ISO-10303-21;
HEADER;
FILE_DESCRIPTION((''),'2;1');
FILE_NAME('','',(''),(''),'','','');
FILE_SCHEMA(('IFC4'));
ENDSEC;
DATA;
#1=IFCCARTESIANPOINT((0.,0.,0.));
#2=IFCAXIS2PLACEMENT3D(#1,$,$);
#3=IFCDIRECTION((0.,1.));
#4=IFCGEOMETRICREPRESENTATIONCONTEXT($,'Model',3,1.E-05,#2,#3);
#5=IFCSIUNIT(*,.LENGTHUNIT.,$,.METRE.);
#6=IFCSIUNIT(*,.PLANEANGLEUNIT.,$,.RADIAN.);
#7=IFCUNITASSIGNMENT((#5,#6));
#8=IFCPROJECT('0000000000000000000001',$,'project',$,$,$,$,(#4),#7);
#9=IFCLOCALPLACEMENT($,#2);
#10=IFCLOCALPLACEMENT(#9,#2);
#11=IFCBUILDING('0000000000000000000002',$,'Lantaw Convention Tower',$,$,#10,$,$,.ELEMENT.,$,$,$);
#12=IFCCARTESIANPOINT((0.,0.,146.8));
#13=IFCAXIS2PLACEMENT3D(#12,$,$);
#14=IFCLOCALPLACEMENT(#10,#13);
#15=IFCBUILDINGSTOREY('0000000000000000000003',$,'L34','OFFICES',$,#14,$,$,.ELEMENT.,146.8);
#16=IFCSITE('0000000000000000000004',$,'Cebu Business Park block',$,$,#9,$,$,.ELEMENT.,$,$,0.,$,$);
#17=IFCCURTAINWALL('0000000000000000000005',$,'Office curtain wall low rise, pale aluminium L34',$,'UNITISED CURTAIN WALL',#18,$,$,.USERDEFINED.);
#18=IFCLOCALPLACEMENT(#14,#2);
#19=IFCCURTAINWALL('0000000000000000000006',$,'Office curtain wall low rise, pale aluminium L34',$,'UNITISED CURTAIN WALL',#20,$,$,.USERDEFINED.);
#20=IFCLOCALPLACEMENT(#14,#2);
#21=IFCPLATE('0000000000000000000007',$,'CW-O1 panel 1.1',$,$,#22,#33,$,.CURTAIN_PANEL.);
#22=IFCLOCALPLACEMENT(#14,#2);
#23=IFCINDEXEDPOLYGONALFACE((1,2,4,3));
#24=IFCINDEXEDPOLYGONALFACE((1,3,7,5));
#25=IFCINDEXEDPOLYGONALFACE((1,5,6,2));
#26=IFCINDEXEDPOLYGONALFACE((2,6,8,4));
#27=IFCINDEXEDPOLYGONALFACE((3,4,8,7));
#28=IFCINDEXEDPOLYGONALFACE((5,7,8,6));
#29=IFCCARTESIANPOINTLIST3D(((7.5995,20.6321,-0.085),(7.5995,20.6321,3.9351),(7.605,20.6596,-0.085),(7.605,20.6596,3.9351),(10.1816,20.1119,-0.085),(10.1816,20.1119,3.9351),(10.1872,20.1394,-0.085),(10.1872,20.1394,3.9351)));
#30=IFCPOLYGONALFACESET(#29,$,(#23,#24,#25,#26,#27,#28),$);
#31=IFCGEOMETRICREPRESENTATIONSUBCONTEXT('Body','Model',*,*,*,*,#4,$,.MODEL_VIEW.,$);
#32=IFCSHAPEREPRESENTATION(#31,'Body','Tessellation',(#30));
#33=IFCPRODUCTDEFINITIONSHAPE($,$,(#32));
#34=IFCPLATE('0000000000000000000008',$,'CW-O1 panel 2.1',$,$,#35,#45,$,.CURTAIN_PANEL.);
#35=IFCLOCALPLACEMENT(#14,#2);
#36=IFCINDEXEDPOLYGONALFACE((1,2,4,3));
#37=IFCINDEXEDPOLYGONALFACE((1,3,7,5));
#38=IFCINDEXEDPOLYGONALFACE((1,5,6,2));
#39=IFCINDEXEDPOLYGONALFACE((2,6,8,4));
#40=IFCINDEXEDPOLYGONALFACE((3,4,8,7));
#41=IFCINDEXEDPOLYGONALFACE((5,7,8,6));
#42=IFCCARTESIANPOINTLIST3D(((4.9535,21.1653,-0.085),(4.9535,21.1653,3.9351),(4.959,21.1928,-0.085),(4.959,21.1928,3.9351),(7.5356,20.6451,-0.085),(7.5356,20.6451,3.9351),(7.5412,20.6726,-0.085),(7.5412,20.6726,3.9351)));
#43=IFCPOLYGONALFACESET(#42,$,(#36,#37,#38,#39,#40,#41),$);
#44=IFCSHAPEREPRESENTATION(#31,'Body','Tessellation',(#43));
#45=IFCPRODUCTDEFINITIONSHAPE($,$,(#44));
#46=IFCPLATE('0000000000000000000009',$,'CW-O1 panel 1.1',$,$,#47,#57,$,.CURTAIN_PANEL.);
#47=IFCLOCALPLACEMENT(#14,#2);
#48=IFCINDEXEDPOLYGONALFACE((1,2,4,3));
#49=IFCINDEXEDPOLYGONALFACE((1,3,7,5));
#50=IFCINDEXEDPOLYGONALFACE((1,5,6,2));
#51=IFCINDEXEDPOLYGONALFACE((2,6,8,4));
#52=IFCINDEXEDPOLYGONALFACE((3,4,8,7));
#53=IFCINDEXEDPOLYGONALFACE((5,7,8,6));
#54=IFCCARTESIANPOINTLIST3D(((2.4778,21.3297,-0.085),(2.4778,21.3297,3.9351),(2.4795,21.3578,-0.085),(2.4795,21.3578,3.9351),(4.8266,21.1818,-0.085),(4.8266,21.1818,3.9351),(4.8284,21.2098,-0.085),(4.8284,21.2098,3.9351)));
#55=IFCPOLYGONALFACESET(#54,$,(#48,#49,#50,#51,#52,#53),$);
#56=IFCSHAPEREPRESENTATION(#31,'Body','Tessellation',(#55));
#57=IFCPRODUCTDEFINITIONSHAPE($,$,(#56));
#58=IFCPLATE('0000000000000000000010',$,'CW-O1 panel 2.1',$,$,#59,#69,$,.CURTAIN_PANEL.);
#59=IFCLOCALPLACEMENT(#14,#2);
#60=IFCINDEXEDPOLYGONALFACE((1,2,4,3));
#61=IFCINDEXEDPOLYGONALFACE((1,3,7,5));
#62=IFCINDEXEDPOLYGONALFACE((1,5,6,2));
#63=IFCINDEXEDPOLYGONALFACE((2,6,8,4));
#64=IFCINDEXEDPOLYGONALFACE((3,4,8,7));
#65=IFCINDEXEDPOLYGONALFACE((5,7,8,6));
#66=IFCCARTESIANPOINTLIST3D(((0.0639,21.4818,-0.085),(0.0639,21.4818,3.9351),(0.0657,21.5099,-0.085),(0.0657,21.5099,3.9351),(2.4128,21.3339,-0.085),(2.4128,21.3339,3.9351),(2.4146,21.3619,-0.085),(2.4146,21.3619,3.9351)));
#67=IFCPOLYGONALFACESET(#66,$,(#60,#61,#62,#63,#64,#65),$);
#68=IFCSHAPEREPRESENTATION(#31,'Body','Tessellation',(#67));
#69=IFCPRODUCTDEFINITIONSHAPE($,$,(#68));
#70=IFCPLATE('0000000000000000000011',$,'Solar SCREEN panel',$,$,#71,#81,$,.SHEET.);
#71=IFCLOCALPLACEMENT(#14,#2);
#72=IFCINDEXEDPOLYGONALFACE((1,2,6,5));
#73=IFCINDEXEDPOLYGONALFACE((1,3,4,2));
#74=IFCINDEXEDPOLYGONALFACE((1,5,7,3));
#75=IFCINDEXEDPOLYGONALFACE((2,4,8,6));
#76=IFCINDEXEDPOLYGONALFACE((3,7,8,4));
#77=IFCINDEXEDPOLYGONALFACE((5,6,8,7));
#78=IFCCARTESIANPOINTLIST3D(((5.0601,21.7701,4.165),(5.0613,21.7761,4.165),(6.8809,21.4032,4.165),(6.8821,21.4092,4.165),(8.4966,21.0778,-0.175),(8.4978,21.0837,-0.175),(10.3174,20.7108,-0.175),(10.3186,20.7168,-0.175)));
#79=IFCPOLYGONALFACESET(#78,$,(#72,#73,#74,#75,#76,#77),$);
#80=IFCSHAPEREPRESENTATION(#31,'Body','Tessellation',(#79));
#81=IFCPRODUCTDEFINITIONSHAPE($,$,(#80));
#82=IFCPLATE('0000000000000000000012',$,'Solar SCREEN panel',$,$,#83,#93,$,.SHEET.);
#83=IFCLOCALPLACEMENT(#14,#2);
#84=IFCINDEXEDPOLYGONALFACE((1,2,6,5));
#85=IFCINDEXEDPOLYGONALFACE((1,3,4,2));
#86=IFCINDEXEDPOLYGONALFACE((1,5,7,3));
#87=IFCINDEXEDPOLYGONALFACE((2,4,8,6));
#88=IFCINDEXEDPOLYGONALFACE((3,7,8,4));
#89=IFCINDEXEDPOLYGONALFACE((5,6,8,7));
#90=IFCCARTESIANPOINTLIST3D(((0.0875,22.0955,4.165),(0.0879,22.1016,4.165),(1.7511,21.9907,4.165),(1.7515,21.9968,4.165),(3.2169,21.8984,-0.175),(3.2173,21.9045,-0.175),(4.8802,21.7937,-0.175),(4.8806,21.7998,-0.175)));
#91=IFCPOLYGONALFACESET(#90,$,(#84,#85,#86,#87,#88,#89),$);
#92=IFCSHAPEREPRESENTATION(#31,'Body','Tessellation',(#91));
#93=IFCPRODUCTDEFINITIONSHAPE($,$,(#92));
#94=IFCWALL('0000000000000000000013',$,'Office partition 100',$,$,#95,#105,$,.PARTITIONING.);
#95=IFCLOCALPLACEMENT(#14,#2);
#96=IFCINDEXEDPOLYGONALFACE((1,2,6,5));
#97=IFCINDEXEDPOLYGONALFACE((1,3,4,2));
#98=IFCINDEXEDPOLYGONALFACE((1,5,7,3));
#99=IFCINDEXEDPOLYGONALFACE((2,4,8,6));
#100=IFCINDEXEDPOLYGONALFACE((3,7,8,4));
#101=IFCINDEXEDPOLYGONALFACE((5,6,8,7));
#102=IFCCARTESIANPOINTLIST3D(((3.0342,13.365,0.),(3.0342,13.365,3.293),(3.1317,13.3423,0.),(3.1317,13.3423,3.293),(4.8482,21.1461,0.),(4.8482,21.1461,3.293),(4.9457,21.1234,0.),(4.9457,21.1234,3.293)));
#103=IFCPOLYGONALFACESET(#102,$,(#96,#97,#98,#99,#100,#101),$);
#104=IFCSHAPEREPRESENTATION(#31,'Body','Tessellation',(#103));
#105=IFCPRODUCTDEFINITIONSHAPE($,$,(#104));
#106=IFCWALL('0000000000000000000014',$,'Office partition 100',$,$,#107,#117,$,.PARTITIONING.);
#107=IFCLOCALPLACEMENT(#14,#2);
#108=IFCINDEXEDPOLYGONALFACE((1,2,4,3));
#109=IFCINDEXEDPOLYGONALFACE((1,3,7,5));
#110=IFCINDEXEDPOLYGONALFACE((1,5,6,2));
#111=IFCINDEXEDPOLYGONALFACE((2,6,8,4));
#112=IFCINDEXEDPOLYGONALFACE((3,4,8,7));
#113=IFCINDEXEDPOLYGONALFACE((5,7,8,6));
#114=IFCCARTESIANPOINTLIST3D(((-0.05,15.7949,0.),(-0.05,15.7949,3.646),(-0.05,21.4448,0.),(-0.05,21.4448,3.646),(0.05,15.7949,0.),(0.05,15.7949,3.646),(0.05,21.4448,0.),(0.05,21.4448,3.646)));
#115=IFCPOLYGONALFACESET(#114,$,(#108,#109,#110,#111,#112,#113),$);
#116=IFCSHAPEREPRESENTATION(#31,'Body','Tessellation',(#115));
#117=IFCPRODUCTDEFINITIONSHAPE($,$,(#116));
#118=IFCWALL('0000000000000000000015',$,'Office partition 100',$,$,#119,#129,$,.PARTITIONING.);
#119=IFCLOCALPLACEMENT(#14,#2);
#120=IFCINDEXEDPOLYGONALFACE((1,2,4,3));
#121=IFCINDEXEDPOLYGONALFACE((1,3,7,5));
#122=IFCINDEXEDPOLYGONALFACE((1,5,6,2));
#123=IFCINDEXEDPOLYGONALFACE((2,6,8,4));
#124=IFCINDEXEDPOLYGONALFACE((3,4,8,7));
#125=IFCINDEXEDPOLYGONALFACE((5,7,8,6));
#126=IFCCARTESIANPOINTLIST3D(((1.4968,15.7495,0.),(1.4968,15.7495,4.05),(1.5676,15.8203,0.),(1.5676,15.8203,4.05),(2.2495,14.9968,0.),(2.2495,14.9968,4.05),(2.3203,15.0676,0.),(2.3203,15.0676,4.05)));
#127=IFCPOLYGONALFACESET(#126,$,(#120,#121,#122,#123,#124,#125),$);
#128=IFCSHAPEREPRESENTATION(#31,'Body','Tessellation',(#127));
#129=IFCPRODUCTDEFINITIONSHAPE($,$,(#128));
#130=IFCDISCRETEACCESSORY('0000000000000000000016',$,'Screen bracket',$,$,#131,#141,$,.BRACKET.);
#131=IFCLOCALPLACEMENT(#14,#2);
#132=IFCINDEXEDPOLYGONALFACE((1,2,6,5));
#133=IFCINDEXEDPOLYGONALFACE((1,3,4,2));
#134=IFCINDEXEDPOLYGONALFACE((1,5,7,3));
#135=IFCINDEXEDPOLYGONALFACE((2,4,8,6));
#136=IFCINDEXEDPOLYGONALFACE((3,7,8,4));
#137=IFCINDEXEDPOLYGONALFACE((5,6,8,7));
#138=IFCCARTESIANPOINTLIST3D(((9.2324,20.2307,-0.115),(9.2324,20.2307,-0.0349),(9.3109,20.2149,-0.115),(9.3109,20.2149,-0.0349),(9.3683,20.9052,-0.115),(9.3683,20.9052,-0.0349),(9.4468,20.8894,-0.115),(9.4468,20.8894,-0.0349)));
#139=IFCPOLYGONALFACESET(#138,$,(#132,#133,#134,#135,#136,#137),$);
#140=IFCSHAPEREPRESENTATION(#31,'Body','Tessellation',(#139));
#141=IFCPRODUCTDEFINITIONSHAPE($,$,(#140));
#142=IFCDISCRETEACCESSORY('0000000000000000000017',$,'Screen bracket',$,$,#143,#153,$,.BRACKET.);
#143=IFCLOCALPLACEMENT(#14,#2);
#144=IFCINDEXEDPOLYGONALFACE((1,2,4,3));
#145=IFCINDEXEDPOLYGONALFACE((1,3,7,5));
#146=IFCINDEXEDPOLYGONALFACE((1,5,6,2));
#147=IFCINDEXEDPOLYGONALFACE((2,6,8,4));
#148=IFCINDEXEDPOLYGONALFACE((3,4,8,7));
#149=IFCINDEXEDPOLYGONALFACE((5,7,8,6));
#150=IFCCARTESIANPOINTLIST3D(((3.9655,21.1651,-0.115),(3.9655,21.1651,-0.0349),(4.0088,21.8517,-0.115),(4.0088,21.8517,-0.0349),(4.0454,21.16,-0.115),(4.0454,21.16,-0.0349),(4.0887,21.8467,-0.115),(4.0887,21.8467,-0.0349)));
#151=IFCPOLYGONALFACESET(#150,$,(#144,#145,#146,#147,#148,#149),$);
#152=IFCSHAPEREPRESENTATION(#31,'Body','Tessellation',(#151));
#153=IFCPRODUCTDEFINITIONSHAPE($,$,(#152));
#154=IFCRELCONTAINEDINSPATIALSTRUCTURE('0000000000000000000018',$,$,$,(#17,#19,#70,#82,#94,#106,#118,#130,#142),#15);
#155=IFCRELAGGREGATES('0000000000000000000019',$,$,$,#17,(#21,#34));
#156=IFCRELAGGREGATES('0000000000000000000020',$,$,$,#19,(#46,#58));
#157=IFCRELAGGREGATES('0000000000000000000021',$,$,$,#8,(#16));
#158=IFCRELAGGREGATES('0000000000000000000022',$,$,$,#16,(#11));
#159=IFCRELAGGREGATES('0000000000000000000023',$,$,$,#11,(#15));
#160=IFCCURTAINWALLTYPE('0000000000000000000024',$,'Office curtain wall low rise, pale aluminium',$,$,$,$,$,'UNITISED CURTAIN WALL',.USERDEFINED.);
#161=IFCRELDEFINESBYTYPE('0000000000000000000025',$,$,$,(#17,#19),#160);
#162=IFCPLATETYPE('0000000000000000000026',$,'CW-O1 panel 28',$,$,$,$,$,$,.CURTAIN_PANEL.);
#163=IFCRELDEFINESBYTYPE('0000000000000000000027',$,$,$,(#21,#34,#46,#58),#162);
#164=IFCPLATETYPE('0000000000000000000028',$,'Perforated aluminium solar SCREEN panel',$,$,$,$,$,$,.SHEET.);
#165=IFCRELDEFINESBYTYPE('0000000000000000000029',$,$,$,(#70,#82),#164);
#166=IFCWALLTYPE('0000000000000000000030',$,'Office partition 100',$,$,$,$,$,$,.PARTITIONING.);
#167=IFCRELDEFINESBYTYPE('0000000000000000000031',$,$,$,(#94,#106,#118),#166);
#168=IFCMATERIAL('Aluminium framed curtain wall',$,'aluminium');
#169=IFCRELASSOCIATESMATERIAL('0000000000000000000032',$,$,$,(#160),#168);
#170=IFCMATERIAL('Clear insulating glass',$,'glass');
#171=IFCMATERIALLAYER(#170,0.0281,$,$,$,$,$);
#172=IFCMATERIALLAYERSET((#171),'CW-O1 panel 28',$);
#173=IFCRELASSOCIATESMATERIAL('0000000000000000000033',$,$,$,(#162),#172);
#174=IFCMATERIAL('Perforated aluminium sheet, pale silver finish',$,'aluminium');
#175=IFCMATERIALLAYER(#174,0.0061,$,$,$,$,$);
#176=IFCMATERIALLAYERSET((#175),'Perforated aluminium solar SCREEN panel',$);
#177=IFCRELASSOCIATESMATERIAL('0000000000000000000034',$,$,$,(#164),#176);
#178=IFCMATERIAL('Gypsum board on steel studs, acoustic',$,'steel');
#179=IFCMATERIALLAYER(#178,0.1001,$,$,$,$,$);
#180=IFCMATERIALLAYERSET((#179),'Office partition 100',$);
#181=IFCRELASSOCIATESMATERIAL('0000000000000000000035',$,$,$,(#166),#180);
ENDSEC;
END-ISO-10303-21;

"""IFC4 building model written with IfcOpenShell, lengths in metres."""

from ifc_helpers import new_model, si_unit, direction, frame, frame_2d, origin, origin_2d, place, context, subcontext, project, spatial, polyline, rectangle, outline, extrude, material, layer, layer_set, type_object, element, aggregate, save


model = new_model("IFC4")

# Units and contexts
model_context = context("Model", 3, precision=1e-05, world=origin(), true_north=direction((0.0, 1.0)))
body_context = subcontext(model_context, "Body", "Model", "MODEL_VIEW")
ifc_project = project(units=[si_unit("LENGTHUNIT", "METRE"), si_unit("PLANEANGLEUNIT", "RADIAN")], contexts=[model_context])

# Site, building, storey
site_placement = place(None, origin())
site = spatial("IfcSite", under=ifc_project, at=site_placement, Name="Cebu Business Park block", CompositionType="ELEMENT", RefElevation=0.0)
building_placement = place(site_placement, origin())
building = spatial("IfcBuilding", under=site, at=building_placement, Name="Lantaw Convention Tower", CompositionType="ELEMENT")
storey_placement = place(building_placement, frame((0.0, 0.0, 146.8)))
storey = spatial("IfcBuildingStorey", under=building, at=storey_placement, Name="L34", Description="OFFICES", CompositionType="ELEMENT", Elevation=146.8)

# Shared definitions
ifc_material_1 = material(Name="Aluminium framed curtain wall", Category="aluminium")
curtain_wall_type = type_object("IfcCurtainWallType", Name="Office curtain wall low rise, pale aluminium", ElementType="UNITISED CURTAIN WALL", PredefinedType="USERDEFINED", material=ifc_material_1)

# Curtain walls
curtain_wall_1_placement = place(storey_placement, origin())
curtain_wall_1 = element("IfcCurtainWall", 1, at=curtain_wall_1_placement, inside=storey, type_object=curtain_wall_type, Name="Office curtain wall low rise, pale aluminium L34", ObjectType="UNITISED CURTAIN WALL", PredefinedType="USERDEFINED")
curtain_wall_2_placement = place(storey_placement, origin())
curtain_wall_2 = element("IfcCurtainWall", 2, at=curtain_wall_2_placement, inside=storey, type_object=curtain_wall_type, Name="Office curtain wall low rise, pale aluminium L34", ObjectType="UNITISED CURTAIN WALL", PredefinedType="USERDEFINED")

# Plates
ifc_material_2 = material(Name="Clear insulating glass", Category="glass")
ifc_layer_1 = layer(ifc_material_2, 0.0281)
ifc_layer_set_1 = layer_set([ifc_layer_1], Name="CW-O1 panel 28")
plate_type_1 = type_object("IfcPlateType", Name="CW-O1 panel 28", PredefinedType="CURTAIN_PANEL", material=ifc_layer_set_1)
plate_1_placement = place(storey_placement, frame((8.8933, 20.3857, -0.085), z_axis=(0.0, 0.0, 1.0), x_axis=(-0.980302, 0.197507, 0.0)))
plate_1 = element("IfcPlate", 3, at=plate_1_placement, type_object=plate_type_1, Name="CW-O1 panel 1.1", PredefinedType="CURTAIN_PANEL", context=body_context, shape_type="SweptSolid", body=[
    extrude(rectangle(XDim=2.634, YDim=0.0281, at=origin_2d()), origin(), (0.0, 0.0, 1.0), 4.02),
])
plate_2_placement = place(storey_placement, frame((6.2473, 20.9189, -0.085), z_axis=(0.0, 0.0, 1.0), x_axis=(-0.980302, 0.197507, 0.0)))
plate_2 = element("IfcPlate", 4, at=plate_2_placement, type_object=plate_type_1, Name="CW-O1 panel 2.1", PredefinedType="CURTAIN_PANEL", context=body_context, shape_type="SweptSolid", body=[
    extrude(rectangle(XDim=2.634, YDim=0.0281, at=origin_2d()), origin(), (0.0, 0.0, 1.0), 4.02),
])
aggregate(curtain_wall_1, [plate_1, plate_2])
plate_3_placement = place(storey_placement, frame((3.6531, 21.2698, -0.085), z_axis=(0.0, 0.0, 1.0), x_axis=(-0.998022, 0.062865, 0.0)))
plate_3 = element("IfcPlate", 5, at=plate_3_placement, type_object=plate_type_1, Name="CW-O1 panel 1.1", PredefinedType="CURTAIN_PANEL", context=body_context, shape_type="SweptSolid", body=[
    extrude(rectangle(XDim=2.3535, YDim=0.0281, at=origin_2d()), origin(), (0.0, 0.0, 1.0), 4.02),
])
plate_4_placement = place(storey_placement, frame((1.2393, 21.4219, -0.085), z_axis=(0.0, 0.0, 1.0), x_axis=(-0.998022, 0.062865, 0.0)))
plate_4 = element("IfcPlate", 6, at=plate_4_placement, type_object=plate_type_1, Name="CW-O1 panel 2.1", PredefinedType="CURTAIN_PANEL", context=body_context, shape_type="SweptSolid", body=[
    extrude(rectangle(XDim=2.3535, YDim=0.0281, at=origin_2d()), origin(), (0.0, 0.0, 1.0), 4.02),
])
aggregate(curtain_wall_2, [plate_3, plate_4])

# Plates
ifc_material_3 = material(Name="Perforated aluminium sheet, pale silver finish", Category="aluminium")
ifc_layer_2 = layer(ifc_material_3, 0.0061)
ifc_layer_set_2 = layer_set([ifc_layer_2], Name="Perforated aluminium solar SCREEN panel")
plate_type_2 = type_object("IfcPlateType", Name="Perforated aluminium solar SCREEN panel", PredefinedType="SHEET", material=ifc_layer_set_2)
plate_5_placement = place(storey_placement, frame((10.3186, 20.7168, -0.175), z_axis=(0.197557, 0.980291, 0.000039), x_axis=(-0.980291, 0.197557, 0.0)))
element("IfcPlate", 7, at=plate_5_placement, inside=storey, type_object=plate_type_2, Name="Solar SCREEN panel", PredefinedType="SHEET", context=body_context, shape_type="SweptSolid", body=[
    extrude(outline(polyline([(0.0, 0.0), (1.8574, 0.0), (5.363, 4.3401), (3.5056, 4.3401), (0.0, 0.0)])), origin(), (0.0, 0.0, -1.0), 0.0061),
])
plate_6_placement = place(storey_placement, frame((4.8806, 21.7998, -0.175), z_axis=(0.062839, 0.998024, 0.000002), x_axis=(-0.998024, 0.062839, 0.0)))
element("IfcPlate", 8, at=plate_6_placement, inside=storey, type_object=plate_type_2, Name="Solar SCREEN panel", PredefinedType="SHEET", context=body_context, shape_type="SweptSolid", body=[
    extrude(outline(polyline([(0.0, 0.0), (1.6666, 0.0), (4.8022, 4.3401), (3.1353, 4.3401), (0.0, 0.0)])), origin(), (0.0, 0.0, -1.0), 0.0061),
])

# Walls
ifc_material_4 = material(Name="Gypsum board on steel studs, acoustic", Category="steel")
ifc_layer_3 = layer(ifc_material_4, 0.1001)
ifc_layer_set_3 = layer_set([ifc_layer_3], Name="Office partition 100")
wall_type = type_object("IfcWallType", Name="Office partition 100", PredefinedType="PARTITIONING", material=ifc_layer_set_3)
wall_1_placement = place(storey_placement, frame((4.897, 21.1348, 0.0), z_axis=(0.0, 0.0, 1.0), x_axis=(-0.227039, -0.973886, 0.0)))
element("IfcWall", 9, at=wall_1_placement, inside=storey, type_object=wall_type, Name="Office partition 100", PredefinedType="PARTITIONING", context=body_context, shape_type="SweptSolid", body=[
    extrude(rectangle(XDim=7.9897, YDim=0.1001, at=frame_2d((3.9949, 0.0))), origin(), (0.0, 0.0, 1.0), 3.293),
])
wall_2_placement = place(storey_placement, frame((0.0, 21.4448, 0.0), z_axis=(0.0, 0.0, 1.0), x_axis=(0.0, -1.0, 0.0)))
element("IfcWall", 10, at=wall_2_placement, inside=storey, type_object=wall_type, Name="Office partition 100", PredefinedType="PARTITIONING", context=body_context, shape_type="SweptSolid", body=[
    extrude(rectangle(XDim=5.6499, YDim=0.1001, at=frame_2d((2.825, 0.0))), origin(), (0.0, 0.0, 1.0), 3.646),
])
wall_3_placement = place(storey_placement, frame((1.5322, 15.7849, 0.0), z_axis=(0.0, 0.0, 1.0), x_axis=(0.707107, -0.707107, 0.0)))
element("IfcWall", 11, at=wall_3_placement, inside=storey, type_object=wall_type, Name="Office partition 100", PredefinedType="PARTITIONING", context=body_context, shape_type="SweptSolid", body=[
    extrude(rectangle(XDim=1.0645, YDim=0.1001, at=frame_2d((0.5322, 0.0))), origin(), (0.0, 0.0, 1.0), 4.05),
])

# Discrete accessories
for number, where, z_axis, x_axis, name in (
    (12, (9.3396, 20.5601, -0.115), (0.0, 0.0, 1.0), (-0.980302, 0.197507, 0.0), "Screen bracket"),
    (13, (4.0271, 21.5059, -0.115), (0.0, 0.0, 1.0), (-0.998022, 0.062865, 0.0), "Screen bracket"),
):
    element("IfcDiscreteAccessory", number, at=place(storey_placement, frame(where, z_axis=z_axis, x_axis=x_axis)), inside=storey, Name=name, PredefinedType="BRACKET", context=body_context, shape_type="SweptSolid", body=[
        extrude(rectangle(XDim=0.0801, YDim=0.688, at=origin_2d()), origin(), (0.0, 0.0, 1.0), 0.0801),
    ])

save(model, "model.ifc")
